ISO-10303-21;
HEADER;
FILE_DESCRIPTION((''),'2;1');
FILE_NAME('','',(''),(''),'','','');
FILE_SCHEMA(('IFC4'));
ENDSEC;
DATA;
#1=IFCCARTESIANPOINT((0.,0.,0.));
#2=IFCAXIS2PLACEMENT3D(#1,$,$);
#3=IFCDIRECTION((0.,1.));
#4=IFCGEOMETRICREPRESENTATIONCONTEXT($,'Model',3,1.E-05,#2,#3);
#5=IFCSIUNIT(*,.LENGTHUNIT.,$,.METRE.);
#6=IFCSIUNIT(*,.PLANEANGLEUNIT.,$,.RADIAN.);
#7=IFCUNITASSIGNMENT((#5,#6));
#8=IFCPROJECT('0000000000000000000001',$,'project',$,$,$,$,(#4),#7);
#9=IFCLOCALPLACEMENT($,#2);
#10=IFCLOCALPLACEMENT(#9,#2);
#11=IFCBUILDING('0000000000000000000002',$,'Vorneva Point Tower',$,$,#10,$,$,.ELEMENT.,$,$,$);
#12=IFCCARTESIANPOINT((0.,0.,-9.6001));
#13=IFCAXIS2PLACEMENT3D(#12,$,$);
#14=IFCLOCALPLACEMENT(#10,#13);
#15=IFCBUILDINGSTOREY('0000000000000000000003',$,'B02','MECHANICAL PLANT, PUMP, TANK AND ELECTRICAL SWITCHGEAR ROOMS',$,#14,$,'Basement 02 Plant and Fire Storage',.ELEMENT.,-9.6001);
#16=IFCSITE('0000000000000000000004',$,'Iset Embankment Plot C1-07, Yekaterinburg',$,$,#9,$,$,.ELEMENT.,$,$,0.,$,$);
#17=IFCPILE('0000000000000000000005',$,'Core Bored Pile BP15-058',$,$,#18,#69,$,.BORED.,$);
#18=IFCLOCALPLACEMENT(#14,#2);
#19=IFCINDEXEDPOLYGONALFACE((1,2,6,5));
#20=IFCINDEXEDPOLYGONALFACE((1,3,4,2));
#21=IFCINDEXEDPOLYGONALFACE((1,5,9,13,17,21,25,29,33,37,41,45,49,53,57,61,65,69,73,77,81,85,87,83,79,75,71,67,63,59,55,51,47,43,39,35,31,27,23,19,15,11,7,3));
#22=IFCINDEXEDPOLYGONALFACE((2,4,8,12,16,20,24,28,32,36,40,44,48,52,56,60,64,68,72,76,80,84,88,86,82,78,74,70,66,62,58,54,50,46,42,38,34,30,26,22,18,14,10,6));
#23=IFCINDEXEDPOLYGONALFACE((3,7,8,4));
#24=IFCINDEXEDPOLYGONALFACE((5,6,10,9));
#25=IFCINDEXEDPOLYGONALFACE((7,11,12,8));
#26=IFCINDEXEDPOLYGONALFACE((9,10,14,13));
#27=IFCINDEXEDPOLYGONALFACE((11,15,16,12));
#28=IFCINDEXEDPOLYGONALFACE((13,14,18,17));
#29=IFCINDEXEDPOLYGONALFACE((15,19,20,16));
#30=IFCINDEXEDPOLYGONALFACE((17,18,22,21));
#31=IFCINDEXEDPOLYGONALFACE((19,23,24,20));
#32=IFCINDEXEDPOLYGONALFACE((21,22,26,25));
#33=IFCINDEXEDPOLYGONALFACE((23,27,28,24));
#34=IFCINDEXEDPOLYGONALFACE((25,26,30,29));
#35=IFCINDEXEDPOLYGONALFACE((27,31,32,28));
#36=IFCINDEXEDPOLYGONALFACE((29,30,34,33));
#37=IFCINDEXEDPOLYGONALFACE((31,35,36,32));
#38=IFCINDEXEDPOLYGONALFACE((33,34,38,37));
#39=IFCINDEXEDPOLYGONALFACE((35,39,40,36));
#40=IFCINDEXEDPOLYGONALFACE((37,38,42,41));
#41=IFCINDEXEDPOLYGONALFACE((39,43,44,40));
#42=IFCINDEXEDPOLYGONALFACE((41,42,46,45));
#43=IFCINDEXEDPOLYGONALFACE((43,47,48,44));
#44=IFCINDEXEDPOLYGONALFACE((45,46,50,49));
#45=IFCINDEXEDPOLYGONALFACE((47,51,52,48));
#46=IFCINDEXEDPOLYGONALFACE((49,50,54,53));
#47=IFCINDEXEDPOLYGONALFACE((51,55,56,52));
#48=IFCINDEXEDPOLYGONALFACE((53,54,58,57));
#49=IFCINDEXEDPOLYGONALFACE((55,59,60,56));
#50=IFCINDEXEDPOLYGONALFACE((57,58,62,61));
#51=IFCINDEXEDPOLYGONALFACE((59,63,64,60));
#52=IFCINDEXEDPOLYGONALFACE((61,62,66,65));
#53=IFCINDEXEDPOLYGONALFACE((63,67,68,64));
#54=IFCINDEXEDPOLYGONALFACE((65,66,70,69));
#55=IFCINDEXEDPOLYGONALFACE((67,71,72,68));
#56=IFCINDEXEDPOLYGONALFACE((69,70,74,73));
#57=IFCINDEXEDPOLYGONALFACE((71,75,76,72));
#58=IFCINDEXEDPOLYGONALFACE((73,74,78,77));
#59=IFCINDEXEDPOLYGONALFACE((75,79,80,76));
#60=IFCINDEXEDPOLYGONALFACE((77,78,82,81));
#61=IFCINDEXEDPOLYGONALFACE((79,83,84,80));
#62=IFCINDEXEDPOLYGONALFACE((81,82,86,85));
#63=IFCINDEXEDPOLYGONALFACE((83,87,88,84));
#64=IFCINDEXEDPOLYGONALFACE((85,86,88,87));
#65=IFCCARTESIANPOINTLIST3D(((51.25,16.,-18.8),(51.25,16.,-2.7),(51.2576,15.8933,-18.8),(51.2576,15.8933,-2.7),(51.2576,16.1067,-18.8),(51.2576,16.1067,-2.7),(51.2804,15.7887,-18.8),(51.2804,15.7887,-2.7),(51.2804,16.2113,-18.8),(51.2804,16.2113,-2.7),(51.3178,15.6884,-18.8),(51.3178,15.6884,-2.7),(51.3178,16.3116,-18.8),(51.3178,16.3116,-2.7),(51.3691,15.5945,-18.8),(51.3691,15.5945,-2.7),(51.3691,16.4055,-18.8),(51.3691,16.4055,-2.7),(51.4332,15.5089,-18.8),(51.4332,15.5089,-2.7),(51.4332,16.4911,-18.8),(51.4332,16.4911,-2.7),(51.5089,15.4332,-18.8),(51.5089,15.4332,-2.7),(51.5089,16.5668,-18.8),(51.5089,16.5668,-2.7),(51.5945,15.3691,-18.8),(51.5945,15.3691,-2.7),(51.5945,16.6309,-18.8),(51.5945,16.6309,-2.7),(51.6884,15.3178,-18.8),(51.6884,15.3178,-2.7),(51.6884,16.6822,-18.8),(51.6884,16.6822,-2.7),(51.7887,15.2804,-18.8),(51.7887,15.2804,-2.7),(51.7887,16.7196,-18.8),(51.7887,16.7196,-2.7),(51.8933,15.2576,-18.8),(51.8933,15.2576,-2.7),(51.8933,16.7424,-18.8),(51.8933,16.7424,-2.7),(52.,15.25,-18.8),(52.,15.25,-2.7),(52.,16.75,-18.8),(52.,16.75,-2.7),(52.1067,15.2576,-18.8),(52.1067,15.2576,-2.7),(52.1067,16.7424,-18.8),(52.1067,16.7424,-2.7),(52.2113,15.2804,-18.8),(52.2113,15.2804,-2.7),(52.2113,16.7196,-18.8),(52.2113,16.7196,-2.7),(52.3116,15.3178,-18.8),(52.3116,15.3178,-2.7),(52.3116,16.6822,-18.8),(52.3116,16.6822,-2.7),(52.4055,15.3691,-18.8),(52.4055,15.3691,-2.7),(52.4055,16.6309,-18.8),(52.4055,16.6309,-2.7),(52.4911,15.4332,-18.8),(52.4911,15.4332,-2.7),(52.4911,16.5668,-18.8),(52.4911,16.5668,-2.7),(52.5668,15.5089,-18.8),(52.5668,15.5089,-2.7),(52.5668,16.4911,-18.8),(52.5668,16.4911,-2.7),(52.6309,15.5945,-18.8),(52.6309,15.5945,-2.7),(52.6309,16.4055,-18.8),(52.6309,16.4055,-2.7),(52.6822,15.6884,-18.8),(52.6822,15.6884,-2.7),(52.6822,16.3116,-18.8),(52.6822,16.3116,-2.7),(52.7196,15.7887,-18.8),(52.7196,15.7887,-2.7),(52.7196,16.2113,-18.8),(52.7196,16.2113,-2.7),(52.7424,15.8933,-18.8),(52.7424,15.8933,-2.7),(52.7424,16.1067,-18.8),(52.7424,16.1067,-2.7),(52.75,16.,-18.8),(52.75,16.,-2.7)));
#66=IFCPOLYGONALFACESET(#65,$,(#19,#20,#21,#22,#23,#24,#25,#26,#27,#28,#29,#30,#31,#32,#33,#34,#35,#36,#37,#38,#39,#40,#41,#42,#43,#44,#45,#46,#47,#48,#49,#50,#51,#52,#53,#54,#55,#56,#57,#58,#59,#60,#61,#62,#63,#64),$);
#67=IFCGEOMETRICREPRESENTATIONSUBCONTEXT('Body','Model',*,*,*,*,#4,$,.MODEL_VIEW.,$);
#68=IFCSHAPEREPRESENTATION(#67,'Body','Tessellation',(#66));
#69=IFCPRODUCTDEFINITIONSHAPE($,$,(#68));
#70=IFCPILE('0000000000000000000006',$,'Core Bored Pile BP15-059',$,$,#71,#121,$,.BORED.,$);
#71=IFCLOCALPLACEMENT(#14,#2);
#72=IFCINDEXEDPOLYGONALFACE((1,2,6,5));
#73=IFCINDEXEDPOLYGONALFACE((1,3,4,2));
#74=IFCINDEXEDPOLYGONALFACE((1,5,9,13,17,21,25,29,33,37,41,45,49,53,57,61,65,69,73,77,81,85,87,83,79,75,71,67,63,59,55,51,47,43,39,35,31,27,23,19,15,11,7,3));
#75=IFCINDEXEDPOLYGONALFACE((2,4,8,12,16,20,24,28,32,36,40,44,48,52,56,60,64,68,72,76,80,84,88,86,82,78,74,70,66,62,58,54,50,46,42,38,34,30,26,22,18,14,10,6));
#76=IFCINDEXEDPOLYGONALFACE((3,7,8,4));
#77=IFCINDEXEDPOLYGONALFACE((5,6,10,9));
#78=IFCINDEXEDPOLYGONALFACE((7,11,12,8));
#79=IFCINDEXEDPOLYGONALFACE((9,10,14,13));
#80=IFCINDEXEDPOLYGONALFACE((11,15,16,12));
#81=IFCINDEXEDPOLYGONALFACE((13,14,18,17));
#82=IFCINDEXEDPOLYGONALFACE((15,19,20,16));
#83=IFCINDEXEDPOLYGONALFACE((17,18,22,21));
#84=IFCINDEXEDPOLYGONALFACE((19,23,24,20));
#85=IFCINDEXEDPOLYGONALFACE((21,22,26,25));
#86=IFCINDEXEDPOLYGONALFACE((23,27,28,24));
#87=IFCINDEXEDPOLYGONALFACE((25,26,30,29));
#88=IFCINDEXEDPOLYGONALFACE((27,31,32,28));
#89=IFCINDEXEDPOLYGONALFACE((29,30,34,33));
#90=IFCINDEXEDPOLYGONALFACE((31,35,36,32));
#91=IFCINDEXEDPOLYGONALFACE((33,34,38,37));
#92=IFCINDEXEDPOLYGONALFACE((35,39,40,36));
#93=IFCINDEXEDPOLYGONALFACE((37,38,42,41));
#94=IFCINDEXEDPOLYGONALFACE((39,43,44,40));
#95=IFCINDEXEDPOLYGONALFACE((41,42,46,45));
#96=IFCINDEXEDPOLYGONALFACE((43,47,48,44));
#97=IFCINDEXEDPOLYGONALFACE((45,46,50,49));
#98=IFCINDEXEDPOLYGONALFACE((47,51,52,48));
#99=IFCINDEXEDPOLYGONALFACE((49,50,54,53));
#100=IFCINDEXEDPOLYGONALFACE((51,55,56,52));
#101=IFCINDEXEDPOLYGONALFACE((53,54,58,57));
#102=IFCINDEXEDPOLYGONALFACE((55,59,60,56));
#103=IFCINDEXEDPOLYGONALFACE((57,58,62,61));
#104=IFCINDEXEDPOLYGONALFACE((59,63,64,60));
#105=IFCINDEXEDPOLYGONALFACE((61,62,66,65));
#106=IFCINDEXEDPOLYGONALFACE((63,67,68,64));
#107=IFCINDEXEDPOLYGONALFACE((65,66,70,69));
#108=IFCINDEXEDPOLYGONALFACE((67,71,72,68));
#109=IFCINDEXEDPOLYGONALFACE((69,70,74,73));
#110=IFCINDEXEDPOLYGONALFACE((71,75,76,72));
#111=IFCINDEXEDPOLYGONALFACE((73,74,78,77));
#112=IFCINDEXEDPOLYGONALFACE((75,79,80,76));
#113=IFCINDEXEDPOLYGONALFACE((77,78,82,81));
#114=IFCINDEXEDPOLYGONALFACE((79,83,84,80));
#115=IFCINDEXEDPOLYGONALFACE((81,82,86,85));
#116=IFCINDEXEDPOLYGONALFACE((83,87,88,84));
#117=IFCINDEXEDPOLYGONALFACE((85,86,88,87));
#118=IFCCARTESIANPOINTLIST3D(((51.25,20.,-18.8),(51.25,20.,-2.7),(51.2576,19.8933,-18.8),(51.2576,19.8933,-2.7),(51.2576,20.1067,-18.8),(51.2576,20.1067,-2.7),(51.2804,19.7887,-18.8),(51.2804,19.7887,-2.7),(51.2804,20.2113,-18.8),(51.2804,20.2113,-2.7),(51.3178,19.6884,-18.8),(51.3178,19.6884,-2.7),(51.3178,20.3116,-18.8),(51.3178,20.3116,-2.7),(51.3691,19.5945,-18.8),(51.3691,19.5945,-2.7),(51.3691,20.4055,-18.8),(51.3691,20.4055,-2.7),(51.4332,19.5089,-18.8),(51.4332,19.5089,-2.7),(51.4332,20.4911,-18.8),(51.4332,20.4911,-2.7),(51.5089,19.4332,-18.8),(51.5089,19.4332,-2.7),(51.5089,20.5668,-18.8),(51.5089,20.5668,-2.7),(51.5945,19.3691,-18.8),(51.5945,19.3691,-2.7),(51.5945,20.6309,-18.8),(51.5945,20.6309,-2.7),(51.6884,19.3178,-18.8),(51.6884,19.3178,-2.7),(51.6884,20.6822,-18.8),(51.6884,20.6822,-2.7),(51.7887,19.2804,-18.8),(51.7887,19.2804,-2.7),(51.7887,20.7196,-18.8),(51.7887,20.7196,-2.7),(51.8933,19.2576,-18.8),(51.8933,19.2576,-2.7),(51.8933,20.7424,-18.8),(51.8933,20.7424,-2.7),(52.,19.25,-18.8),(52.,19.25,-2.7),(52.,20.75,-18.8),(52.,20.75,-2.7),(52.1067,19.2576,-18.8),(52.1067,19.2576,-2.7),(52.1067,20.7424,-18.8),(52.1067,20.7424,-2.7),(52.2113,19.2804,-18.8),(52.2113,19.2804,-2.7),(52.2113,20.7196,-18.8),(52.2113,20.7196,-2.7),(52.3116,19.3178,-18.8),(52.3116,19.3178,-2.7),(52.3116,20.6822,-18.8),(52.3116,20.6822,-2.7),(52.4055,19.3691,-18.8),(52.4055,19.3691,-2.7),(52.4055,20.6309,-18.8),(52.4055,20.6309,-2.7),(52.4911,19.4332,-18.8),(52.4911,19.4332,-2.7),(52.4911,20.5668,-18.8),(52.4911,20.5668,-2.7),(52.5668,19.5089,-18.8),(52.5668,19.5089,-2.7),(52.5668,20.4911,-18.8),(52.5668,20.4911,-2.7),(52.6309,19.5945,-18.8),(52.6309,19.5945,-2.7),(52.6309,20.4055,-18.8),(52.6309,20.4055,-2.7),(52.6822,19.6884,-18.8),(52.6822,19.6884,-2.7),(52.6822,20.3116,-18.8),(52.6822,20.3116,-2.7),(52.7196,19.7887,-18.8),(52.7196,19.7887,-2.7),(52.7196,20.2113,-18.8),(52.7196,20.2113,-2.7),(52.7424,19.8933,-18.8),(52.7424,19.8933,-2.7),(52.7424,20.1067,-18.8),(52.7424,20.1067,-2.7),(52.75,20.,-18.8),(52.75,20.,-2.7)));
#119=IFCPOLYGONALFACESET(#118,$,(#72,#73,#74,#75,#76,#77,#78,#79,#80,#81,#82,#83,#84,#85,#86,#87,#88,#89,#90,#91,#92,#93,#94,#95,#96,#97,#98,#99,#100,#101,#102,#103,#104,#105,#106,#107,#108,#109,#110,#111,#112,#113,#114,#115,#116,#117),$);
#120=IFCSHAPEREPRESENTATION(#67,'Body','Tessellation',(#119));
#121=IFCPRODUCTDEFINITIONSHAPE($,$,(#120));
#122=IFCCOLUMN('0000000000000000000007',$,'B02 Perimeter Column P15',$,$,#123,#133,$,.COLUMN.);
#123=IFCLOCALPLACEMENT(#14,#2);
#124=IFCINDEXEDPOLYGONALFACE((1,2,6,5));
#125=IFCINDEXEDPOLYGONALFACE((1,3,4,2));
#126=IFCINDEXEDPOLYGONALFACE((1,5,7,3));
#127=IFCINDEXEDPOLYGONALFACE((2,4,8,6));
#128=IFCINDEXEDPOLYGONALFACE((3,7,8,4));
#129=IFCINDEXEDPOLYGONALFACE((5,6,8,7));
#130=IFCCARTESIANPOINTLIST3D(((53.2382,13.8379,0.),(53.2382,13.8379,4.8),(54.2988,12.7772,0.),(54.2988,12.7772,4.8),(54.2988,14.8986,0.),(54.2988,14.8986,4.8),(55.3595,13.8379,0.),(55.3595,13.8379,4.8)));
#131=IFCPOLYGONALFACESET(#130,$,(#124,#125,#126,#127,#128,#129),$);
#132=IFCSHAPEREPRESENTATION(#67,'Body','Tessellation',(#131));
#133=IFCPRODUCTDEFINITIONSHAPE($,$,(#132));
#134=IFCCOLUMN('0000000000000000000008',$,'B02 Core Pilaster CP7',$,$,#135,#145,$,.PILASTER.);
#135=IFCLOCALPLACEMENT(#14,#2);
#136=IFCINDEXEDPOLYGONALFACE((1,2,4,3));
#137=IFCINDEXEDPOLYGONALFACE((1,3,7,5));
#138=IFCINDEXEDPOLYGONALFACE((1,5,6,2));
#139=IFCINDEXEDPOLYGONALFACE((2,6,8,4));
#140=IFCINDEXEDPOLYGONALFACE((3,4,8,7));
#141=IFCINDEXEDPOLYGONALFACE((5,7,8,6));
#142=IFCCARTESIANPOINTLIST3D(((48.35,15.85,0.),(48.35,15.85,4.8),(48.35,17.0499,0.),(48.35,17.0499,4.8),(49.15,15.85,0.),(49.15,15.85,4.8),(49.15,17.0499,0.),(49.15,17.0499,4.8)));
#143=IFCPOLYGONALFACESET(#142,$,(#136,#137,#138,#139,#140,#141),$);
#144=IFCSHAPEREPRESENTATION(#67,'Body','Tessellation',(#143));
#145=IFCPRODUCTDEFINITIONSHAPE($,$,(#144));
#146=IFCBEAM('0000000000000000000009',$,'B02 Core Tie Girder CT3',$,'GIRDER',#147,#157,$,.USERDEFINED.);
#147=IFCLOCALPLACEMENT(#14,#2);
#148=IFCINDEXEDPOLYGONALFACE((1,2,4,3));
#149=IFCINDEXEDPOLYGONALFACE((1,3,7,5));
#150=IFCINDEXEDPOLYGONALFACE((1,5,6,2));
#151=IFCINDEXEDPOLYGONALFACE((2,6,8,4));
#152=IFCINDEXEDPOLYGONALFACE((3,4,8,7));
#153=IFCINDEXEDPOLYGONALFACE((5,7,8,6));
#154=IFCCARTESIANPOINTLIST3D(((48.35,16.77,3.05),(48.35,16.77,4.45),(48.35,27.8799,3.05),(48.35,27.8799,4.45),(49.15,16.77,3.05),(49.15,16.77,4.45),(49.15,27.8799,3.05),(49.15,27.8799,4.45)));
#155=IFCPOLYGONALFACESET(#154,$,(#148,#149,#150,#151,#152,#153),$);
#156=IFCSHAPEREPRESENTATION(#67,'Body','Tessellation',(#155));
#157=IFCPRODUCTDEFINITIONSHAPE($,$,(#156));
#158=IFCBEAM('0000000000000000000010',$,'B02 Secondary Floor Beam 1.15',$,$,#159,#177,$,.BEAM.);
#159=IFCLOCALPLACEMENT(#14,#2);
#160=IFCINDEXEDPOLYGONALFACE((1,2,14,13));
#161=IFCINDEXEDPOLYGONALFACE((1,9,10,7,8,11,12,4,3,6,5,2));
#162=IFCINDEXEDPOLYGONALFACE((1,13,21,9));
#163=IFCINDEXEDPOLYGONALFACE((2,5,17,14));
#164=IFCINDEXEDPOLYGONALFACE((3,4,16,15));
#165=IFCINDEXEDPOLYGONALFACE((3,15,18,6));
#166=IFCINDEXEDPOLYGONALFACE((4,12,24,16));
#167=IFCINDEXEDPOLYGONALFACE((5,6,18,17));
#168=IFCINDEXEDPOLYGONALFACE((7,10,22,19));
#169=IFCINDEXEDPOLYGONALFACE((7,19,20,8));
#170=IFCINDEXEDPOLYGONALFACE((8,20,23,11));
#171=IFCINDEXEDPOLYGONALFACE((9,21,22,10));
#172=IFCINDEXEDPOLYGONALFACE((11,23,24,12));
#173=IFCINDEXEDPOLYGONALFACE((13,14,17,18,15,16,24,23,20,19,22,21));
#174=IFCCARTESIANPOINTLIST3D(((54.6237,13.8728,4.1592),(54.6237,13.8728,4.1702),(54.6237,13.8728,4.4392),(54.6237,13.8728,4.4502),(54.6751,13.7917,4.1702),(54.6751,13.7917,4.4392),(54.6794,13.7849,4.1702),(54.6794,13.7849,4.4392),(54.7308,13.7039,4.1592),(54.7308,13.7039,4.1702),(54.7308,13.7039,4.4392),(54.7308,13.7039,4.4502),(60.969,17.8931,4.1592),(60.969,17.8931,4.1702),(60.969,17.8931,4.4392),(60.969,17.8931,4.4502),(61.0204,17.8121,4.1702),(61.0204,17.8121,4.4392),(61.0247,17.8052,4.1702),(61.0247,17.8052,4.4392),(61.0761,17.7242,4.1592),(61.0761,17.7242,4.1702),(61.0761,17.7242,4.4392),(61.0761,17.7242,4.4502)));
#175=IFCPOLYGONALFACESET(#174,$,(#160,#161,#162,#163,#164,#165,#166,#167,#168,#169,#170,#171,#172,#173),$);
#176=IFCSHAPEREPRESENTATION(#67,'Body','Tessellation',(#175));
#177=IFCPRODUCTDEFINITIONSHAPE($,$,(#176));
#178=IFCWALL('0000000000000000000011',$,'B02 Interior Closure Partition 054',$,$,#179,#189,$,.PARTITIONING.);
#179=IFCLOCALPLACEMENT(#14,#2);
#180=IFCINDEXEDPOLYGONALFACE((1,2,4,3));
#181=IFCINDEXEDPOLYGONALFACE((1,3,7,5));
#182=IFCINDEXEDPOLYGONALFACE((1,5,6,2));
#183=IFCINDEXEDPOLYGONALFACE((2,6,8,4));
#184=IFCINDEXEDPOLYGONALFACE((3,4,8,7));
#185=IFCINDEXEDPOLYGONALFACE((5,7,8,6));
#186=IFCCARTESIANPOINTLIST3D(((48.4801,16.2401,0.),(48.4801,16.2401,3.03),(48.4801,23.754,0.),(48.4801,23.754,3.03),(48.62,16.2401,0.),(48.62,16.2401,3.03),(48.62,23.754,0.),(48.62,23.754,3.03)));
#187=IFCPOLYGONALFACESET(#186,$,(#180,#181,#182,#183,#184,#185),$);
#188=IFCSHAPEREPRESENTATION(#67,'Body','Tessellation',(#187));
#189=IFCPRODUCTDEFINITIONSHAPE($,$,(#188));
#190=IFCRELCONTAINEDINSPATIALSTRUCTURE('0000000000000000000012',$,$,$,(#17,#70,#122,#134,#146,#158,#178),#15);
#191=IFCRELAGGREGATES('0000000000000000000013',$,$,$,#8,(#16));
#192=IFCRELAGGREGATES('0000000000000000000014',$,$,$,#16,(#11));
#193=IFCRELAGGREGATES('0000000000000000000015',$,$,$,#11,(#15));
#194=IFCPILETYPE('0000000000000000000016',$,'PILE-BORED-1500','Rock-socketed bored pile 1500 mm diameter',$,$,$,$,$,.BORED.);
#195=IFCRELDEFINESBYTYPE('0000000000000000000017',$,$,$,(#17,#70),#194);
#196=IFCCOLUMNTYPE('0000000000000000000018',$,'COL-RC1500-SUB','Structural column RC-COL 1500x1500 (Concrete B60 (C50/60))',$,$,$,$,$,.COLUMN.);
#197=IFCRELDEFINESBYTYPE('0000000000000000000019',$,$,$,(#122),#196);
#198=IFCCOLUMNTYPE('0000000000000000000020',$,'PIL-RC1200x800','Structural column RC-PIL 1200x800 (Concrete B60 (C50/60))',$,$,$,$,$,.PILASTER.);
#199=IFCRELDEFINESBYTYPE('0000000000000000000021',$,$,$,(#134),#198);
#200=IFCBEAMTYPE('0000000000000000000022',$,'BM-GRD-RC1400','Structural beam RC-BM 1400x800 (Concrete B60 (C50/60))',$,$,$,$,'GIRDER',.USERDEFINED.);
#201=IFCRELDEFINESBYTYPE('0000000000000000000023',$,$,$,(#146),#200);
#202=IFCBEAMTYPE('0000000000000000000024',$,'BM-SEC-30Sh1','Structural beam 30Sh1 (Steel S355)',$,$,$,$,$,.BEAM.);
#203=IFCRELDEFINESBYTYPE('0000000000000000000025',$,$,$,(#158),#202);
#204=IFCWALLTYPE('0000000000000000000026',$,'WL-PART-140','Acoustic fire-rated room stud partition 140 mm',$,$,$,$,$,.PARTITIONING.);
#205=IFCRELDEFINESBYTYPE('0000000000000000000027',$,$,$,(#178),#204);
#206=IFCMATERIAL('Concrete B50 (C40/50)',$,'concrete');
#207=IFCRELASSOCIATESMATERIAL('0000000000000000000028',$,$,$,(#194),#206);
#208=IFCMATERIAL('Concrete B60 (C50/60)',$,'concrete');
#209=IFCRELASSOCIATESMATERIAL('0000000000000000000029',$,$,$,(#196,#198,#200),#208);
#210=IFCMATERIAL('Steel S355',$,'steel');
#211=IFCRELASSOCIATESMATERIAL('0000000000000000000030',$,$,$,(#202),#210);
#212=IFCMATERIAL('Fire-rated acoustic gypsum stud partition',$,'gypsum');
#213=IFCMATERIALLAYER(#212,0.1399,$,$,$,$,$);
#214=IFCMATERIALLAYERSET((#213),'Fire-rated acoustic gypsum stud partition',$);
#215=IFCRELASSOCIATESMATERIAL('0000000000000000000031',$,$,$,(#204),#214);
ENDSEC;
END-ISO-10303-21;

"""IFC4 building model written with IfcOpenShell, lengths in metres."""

from ifc_helpers import new_model, si_unit, direction, frame, frame_2d, origin, origin_2d, place, context, subcontext, project, spatial, rectangle, circle, i_section, extrude, material, layer, layer_set, material_profile, profile_set, type_object, element, save


model = new_model("IFC4")

# Units and contexts
model_context = context("Model", 3, precision=1e-05, world=origin(), true_north=direction((0.0, 1.0)))
body_context = subcontext(model_context, "Body", "Model", "MODEL_VIEW")
ifc_project = project(units=[si_unit("LENGTHUNIT", "METRE"), si_unit("PLANEANGLEUNIT", "RADIAN")], contexts=[model_context])

# Site, building, storey
site_placement = place(None, origin())
site = spatial("IfcSite", under=ifc_project, at=site_placement, Name="Iset Embankment Plot C1-07, Yekaterinburg", CompositionType="ELEMENT", RefElevation=0.0)
building_placement = place(site_placement, origin())
building = spatial("IfcBuilding", under=site, at=building_placement, Name="Vorneva Point Tower", CompositionType="ELEMENT")
storey_placement = place(building_placement, frame((0.0, 0.0, -9.6001)))
storey = spatial("IfcBuildingStorey", under=building, at=storey_placement, Name="B02", Description="MECHANICAL PLANT, PUMP, TANK AND ELECTRICAL SWITCHGEAR ROOMS", LongName="Basement 02 Plant and Fire Storage", CompositionType="ELEMENT", Elevation=-9.6001)

# Piles
ifc_material_1 = material(Name="Concrete B50 (C40/50)", Category="concrete")
ifc_material_profile_1 = material_profile(ifc_material_1, circle(Radius=0.75, at=origin_2d()), Name="PILE-1500")
ifc_profile_set_1 = profile_set([ifc_material_profile_1], Name="Concrete B50 (C40/50)")
pile_type_1 = type_object("IfcPileType", Name="PILE-BORED-1500", Description="Rock-socketed bored pile 1500 mm diameter", PredefinedType="BORED", material=ifc_profile_set_1)
for number, where, z_axis, x_axis, name in (
    (1, (52.0, 16.0, -2.7), (0.0, 0.0, -1.0), (1.0, 0.0, 0.0), "Core Bored Pile BP15-058"),
    (2, (52.0, 20.0, -2.7), (0.0, 0.0, -1.0), (1.0, 0.0, 0.0), "Core Bored Pile BP15-059"),
):
    element("IfcPile", number, at=place(storey_placement, frame(where, z_axis=z_axis, x_axis=x_axis)), inside=storey, type_object=pile_type_1, Name=name, PredefinedType="BORED", context=body_context, shape_type="SweptSolid", body=[
        extrude(circle(Radius=0.75, at=origin_2d()), origin(), (0.0, 0.0, 1.0), 16.1001),
    ])

# Columns
ifc_material_2 = material(Name="Concrete B60 (C50/60)", Category="concrete")
ifc_material_profile_2 = material_profile(ifc_material_2, rectangle(XDim=1.5, YDim=1.5, at=origin_2d()), Name="RC-COL 1500x1500")
ifc_profile_set_2 = profile_set([ifc_material_profile_2], Name="Concrete B60 (C50/60)")
column_type_1 = type_object("IfcColumnType", Name="COL-RC1500-SUB", Description="Structural column RC-COL 1500x1500 (Concrete B60 (C50/60))", PredefinedType="COLUMN", material=ifc_profile_set_2)
column_1_placement = place(storey_placement, frame((54.2988, 13.8379, 0.0), z_axis=(0.0, 0.0, 1.0), x_axis=(0.707107, -0.707107, 0.0)))
element("IfcColumn", 3, at=column_1_placement, inside=storey, type_object=column_type_1, Name="B02 Perimeter Column P15", PredefinedType="COLUMN", context=body_context, shape_type="SweptSolid", body=[
    extrude(rectangle(XDim=1.5, YDim=1.5, at=origin_2d()), origin(), (0.0, 0.0, 1.0), 4.8),
])
ifc_material_profile_3 = material_profile(ifc_material_2, rectangle(XDim=0.8, YDim=1.2, at=origin_2d()), Name="RC-PIL 1200x800")
ifc_profile_set_3 = profile_set([ifc_material_profile_3], Name="Concrete B60 (C50/60)")
column_type_2 = type_object("IfcColumnType", Name="PIL-RC1200x800", Description="Structural column RC-PIL 1200x800 (Concrete B60 (C50/60))", PredefinedType="PILASTER", material=ifc_profile_set_3)
column_2_placement = place(storey_placement, frame((48.75, 16.45, 0.0), z_axis=(0.0, 0.0, 1.0), x_axis=(1.0, 0.0, 0.0)))
element("IfcColumn", 4, at=column_2_placement, inside=storey, type_object=column_type_2, Name="B02 Core Pilaster CP7", PredefinedType="PILASTER", context=body_context, shape_type="SweptSolid", body=[
    extrude(rectangle(XDim=0.8, YDim=1.2, at=origin_2d()), origin(), (0.0, 0.0, 1.0), 4.8),
])

# Beams
ifc_material_profile_4 = material_profile(ifc_material_2, rectangle(XDim=0.8, YDim=1.3999, at=origin_2d()), Name="RC-BM 1400x800")
ifc_profile_set_4 = profile_set([ifc_material_profile_4], Name="Concrete B60 (C50/60)")
beam_type_1 = type_object("IfcBeamType", Name="BM-GRD-RC1400", Description="Structural beam RC-BM 1400x800 (Concrete B60 (C50/60))", ElementType="GIRDER", PredefinedType="USERDEFINED", material=ifc_profile_set_4)
beam_1_placement = place(storey_placement, frame((48.75, 16.77, 3.75), z_axis=(0.0, 1.0, 0.0), x_axis=(-1.0, 0.0, 0.0)))
element("IfcBeam", 5, at=beam_1_placement, inside=storey, type_object=beam_type_1, Name="B02 Core Tie Girder CT3", ObjectType="GIRDER", PredefinedType="USERDEFINED", context=body_context, shape_type="SweptSolid", body=[
    extrude(rectangle(XDim=0.8, YDim=1.3999, at=origin_2d()), origin(), (0.0, 0.0, 1.0), 11.1099),
])
ifc_material_3 = material(Name="Steel S355", Category="steel")
ifc_material_profile_5 = material_profile(ifc_material_3, i_section(OverallWidth=0.2, OverallDepth=0.291, WebThickness=0.0081, FlangeThickness=0.011, at=origin_2d()), Name="30Sh1")
ifc_profile_set_5 = profile_set([ifc_material_profile_5], Name="Steel S355")
beam_type_2 = type_object("IfcBeamType", Name="BM-SEC-30Sh1", Description="Structural beam 30Sh1 (Steel S355)", PredefinedType="BEAM", material=ifc_profile_set_5)
beam_2_placement = place(storey_placement, frame((54.6772, 13.7883, 4.3047), z_axis=(0.844721, 0.535207, 0.0), x_axis=(-0.535207, 0.844721, 0.0)))
element("IfcBeam", 6, at=beam_2_placement, inside=storey, type_object=beam_type_2, Name="B02 Secondary Floor Beam 1.15", PredefinedType="BEAM", context=body_context, shape_type="SweptSolid", body=[
    extrude(i_section(OverallWidth=0.2, OverallDepth=0.291, WebThickness=0.0081, FlangeThickness=0.011, at=origin_2d()), origin(), (0.0, 0.0, 1.0), 7.5117),
])

# Wall
ifc_material_4 = material(Name="Fire-rated acoustic gypsum stud partition", Category="gypsum")
ifc_layer_1 = layer(ifc_material_4, 0.1399)
ifc_layer_set_1 = layer_set([ifc_layer_1], Name="Fire-rated acoustic gypsum stud partition")
wall_type_1 = type_object("IfcWallType", Name="WL-PART-140", Description="Acoustic fire-rated room stud partition 140 mm", PredefinedType="PARTITIONING", material=ifc_layer_set_1)
wall_1_placement = place(storey_placement, frame((48.55, 23.7539, 0.0), z_axis=(0.0, 0.0, 1.0), x_axis=(0.0, -1.0, 0.0)))
element("IfcWall", 7, at=wall_1_placement, inside=storey, type_object=wall_type_1, Name="B02 Interior Closure Partition 054", PredefinedType="PARTITIONING", context=body_context, shape_type="SweptSolid", body=[
    extrude(rectangle(XDim=7.5139, YDim=0.1399, at=frame_2d((3.7568, 0.0))), origin(), (0.0, 0.0, 1.0), 3.03),
])

save(model, "model.ifc")
